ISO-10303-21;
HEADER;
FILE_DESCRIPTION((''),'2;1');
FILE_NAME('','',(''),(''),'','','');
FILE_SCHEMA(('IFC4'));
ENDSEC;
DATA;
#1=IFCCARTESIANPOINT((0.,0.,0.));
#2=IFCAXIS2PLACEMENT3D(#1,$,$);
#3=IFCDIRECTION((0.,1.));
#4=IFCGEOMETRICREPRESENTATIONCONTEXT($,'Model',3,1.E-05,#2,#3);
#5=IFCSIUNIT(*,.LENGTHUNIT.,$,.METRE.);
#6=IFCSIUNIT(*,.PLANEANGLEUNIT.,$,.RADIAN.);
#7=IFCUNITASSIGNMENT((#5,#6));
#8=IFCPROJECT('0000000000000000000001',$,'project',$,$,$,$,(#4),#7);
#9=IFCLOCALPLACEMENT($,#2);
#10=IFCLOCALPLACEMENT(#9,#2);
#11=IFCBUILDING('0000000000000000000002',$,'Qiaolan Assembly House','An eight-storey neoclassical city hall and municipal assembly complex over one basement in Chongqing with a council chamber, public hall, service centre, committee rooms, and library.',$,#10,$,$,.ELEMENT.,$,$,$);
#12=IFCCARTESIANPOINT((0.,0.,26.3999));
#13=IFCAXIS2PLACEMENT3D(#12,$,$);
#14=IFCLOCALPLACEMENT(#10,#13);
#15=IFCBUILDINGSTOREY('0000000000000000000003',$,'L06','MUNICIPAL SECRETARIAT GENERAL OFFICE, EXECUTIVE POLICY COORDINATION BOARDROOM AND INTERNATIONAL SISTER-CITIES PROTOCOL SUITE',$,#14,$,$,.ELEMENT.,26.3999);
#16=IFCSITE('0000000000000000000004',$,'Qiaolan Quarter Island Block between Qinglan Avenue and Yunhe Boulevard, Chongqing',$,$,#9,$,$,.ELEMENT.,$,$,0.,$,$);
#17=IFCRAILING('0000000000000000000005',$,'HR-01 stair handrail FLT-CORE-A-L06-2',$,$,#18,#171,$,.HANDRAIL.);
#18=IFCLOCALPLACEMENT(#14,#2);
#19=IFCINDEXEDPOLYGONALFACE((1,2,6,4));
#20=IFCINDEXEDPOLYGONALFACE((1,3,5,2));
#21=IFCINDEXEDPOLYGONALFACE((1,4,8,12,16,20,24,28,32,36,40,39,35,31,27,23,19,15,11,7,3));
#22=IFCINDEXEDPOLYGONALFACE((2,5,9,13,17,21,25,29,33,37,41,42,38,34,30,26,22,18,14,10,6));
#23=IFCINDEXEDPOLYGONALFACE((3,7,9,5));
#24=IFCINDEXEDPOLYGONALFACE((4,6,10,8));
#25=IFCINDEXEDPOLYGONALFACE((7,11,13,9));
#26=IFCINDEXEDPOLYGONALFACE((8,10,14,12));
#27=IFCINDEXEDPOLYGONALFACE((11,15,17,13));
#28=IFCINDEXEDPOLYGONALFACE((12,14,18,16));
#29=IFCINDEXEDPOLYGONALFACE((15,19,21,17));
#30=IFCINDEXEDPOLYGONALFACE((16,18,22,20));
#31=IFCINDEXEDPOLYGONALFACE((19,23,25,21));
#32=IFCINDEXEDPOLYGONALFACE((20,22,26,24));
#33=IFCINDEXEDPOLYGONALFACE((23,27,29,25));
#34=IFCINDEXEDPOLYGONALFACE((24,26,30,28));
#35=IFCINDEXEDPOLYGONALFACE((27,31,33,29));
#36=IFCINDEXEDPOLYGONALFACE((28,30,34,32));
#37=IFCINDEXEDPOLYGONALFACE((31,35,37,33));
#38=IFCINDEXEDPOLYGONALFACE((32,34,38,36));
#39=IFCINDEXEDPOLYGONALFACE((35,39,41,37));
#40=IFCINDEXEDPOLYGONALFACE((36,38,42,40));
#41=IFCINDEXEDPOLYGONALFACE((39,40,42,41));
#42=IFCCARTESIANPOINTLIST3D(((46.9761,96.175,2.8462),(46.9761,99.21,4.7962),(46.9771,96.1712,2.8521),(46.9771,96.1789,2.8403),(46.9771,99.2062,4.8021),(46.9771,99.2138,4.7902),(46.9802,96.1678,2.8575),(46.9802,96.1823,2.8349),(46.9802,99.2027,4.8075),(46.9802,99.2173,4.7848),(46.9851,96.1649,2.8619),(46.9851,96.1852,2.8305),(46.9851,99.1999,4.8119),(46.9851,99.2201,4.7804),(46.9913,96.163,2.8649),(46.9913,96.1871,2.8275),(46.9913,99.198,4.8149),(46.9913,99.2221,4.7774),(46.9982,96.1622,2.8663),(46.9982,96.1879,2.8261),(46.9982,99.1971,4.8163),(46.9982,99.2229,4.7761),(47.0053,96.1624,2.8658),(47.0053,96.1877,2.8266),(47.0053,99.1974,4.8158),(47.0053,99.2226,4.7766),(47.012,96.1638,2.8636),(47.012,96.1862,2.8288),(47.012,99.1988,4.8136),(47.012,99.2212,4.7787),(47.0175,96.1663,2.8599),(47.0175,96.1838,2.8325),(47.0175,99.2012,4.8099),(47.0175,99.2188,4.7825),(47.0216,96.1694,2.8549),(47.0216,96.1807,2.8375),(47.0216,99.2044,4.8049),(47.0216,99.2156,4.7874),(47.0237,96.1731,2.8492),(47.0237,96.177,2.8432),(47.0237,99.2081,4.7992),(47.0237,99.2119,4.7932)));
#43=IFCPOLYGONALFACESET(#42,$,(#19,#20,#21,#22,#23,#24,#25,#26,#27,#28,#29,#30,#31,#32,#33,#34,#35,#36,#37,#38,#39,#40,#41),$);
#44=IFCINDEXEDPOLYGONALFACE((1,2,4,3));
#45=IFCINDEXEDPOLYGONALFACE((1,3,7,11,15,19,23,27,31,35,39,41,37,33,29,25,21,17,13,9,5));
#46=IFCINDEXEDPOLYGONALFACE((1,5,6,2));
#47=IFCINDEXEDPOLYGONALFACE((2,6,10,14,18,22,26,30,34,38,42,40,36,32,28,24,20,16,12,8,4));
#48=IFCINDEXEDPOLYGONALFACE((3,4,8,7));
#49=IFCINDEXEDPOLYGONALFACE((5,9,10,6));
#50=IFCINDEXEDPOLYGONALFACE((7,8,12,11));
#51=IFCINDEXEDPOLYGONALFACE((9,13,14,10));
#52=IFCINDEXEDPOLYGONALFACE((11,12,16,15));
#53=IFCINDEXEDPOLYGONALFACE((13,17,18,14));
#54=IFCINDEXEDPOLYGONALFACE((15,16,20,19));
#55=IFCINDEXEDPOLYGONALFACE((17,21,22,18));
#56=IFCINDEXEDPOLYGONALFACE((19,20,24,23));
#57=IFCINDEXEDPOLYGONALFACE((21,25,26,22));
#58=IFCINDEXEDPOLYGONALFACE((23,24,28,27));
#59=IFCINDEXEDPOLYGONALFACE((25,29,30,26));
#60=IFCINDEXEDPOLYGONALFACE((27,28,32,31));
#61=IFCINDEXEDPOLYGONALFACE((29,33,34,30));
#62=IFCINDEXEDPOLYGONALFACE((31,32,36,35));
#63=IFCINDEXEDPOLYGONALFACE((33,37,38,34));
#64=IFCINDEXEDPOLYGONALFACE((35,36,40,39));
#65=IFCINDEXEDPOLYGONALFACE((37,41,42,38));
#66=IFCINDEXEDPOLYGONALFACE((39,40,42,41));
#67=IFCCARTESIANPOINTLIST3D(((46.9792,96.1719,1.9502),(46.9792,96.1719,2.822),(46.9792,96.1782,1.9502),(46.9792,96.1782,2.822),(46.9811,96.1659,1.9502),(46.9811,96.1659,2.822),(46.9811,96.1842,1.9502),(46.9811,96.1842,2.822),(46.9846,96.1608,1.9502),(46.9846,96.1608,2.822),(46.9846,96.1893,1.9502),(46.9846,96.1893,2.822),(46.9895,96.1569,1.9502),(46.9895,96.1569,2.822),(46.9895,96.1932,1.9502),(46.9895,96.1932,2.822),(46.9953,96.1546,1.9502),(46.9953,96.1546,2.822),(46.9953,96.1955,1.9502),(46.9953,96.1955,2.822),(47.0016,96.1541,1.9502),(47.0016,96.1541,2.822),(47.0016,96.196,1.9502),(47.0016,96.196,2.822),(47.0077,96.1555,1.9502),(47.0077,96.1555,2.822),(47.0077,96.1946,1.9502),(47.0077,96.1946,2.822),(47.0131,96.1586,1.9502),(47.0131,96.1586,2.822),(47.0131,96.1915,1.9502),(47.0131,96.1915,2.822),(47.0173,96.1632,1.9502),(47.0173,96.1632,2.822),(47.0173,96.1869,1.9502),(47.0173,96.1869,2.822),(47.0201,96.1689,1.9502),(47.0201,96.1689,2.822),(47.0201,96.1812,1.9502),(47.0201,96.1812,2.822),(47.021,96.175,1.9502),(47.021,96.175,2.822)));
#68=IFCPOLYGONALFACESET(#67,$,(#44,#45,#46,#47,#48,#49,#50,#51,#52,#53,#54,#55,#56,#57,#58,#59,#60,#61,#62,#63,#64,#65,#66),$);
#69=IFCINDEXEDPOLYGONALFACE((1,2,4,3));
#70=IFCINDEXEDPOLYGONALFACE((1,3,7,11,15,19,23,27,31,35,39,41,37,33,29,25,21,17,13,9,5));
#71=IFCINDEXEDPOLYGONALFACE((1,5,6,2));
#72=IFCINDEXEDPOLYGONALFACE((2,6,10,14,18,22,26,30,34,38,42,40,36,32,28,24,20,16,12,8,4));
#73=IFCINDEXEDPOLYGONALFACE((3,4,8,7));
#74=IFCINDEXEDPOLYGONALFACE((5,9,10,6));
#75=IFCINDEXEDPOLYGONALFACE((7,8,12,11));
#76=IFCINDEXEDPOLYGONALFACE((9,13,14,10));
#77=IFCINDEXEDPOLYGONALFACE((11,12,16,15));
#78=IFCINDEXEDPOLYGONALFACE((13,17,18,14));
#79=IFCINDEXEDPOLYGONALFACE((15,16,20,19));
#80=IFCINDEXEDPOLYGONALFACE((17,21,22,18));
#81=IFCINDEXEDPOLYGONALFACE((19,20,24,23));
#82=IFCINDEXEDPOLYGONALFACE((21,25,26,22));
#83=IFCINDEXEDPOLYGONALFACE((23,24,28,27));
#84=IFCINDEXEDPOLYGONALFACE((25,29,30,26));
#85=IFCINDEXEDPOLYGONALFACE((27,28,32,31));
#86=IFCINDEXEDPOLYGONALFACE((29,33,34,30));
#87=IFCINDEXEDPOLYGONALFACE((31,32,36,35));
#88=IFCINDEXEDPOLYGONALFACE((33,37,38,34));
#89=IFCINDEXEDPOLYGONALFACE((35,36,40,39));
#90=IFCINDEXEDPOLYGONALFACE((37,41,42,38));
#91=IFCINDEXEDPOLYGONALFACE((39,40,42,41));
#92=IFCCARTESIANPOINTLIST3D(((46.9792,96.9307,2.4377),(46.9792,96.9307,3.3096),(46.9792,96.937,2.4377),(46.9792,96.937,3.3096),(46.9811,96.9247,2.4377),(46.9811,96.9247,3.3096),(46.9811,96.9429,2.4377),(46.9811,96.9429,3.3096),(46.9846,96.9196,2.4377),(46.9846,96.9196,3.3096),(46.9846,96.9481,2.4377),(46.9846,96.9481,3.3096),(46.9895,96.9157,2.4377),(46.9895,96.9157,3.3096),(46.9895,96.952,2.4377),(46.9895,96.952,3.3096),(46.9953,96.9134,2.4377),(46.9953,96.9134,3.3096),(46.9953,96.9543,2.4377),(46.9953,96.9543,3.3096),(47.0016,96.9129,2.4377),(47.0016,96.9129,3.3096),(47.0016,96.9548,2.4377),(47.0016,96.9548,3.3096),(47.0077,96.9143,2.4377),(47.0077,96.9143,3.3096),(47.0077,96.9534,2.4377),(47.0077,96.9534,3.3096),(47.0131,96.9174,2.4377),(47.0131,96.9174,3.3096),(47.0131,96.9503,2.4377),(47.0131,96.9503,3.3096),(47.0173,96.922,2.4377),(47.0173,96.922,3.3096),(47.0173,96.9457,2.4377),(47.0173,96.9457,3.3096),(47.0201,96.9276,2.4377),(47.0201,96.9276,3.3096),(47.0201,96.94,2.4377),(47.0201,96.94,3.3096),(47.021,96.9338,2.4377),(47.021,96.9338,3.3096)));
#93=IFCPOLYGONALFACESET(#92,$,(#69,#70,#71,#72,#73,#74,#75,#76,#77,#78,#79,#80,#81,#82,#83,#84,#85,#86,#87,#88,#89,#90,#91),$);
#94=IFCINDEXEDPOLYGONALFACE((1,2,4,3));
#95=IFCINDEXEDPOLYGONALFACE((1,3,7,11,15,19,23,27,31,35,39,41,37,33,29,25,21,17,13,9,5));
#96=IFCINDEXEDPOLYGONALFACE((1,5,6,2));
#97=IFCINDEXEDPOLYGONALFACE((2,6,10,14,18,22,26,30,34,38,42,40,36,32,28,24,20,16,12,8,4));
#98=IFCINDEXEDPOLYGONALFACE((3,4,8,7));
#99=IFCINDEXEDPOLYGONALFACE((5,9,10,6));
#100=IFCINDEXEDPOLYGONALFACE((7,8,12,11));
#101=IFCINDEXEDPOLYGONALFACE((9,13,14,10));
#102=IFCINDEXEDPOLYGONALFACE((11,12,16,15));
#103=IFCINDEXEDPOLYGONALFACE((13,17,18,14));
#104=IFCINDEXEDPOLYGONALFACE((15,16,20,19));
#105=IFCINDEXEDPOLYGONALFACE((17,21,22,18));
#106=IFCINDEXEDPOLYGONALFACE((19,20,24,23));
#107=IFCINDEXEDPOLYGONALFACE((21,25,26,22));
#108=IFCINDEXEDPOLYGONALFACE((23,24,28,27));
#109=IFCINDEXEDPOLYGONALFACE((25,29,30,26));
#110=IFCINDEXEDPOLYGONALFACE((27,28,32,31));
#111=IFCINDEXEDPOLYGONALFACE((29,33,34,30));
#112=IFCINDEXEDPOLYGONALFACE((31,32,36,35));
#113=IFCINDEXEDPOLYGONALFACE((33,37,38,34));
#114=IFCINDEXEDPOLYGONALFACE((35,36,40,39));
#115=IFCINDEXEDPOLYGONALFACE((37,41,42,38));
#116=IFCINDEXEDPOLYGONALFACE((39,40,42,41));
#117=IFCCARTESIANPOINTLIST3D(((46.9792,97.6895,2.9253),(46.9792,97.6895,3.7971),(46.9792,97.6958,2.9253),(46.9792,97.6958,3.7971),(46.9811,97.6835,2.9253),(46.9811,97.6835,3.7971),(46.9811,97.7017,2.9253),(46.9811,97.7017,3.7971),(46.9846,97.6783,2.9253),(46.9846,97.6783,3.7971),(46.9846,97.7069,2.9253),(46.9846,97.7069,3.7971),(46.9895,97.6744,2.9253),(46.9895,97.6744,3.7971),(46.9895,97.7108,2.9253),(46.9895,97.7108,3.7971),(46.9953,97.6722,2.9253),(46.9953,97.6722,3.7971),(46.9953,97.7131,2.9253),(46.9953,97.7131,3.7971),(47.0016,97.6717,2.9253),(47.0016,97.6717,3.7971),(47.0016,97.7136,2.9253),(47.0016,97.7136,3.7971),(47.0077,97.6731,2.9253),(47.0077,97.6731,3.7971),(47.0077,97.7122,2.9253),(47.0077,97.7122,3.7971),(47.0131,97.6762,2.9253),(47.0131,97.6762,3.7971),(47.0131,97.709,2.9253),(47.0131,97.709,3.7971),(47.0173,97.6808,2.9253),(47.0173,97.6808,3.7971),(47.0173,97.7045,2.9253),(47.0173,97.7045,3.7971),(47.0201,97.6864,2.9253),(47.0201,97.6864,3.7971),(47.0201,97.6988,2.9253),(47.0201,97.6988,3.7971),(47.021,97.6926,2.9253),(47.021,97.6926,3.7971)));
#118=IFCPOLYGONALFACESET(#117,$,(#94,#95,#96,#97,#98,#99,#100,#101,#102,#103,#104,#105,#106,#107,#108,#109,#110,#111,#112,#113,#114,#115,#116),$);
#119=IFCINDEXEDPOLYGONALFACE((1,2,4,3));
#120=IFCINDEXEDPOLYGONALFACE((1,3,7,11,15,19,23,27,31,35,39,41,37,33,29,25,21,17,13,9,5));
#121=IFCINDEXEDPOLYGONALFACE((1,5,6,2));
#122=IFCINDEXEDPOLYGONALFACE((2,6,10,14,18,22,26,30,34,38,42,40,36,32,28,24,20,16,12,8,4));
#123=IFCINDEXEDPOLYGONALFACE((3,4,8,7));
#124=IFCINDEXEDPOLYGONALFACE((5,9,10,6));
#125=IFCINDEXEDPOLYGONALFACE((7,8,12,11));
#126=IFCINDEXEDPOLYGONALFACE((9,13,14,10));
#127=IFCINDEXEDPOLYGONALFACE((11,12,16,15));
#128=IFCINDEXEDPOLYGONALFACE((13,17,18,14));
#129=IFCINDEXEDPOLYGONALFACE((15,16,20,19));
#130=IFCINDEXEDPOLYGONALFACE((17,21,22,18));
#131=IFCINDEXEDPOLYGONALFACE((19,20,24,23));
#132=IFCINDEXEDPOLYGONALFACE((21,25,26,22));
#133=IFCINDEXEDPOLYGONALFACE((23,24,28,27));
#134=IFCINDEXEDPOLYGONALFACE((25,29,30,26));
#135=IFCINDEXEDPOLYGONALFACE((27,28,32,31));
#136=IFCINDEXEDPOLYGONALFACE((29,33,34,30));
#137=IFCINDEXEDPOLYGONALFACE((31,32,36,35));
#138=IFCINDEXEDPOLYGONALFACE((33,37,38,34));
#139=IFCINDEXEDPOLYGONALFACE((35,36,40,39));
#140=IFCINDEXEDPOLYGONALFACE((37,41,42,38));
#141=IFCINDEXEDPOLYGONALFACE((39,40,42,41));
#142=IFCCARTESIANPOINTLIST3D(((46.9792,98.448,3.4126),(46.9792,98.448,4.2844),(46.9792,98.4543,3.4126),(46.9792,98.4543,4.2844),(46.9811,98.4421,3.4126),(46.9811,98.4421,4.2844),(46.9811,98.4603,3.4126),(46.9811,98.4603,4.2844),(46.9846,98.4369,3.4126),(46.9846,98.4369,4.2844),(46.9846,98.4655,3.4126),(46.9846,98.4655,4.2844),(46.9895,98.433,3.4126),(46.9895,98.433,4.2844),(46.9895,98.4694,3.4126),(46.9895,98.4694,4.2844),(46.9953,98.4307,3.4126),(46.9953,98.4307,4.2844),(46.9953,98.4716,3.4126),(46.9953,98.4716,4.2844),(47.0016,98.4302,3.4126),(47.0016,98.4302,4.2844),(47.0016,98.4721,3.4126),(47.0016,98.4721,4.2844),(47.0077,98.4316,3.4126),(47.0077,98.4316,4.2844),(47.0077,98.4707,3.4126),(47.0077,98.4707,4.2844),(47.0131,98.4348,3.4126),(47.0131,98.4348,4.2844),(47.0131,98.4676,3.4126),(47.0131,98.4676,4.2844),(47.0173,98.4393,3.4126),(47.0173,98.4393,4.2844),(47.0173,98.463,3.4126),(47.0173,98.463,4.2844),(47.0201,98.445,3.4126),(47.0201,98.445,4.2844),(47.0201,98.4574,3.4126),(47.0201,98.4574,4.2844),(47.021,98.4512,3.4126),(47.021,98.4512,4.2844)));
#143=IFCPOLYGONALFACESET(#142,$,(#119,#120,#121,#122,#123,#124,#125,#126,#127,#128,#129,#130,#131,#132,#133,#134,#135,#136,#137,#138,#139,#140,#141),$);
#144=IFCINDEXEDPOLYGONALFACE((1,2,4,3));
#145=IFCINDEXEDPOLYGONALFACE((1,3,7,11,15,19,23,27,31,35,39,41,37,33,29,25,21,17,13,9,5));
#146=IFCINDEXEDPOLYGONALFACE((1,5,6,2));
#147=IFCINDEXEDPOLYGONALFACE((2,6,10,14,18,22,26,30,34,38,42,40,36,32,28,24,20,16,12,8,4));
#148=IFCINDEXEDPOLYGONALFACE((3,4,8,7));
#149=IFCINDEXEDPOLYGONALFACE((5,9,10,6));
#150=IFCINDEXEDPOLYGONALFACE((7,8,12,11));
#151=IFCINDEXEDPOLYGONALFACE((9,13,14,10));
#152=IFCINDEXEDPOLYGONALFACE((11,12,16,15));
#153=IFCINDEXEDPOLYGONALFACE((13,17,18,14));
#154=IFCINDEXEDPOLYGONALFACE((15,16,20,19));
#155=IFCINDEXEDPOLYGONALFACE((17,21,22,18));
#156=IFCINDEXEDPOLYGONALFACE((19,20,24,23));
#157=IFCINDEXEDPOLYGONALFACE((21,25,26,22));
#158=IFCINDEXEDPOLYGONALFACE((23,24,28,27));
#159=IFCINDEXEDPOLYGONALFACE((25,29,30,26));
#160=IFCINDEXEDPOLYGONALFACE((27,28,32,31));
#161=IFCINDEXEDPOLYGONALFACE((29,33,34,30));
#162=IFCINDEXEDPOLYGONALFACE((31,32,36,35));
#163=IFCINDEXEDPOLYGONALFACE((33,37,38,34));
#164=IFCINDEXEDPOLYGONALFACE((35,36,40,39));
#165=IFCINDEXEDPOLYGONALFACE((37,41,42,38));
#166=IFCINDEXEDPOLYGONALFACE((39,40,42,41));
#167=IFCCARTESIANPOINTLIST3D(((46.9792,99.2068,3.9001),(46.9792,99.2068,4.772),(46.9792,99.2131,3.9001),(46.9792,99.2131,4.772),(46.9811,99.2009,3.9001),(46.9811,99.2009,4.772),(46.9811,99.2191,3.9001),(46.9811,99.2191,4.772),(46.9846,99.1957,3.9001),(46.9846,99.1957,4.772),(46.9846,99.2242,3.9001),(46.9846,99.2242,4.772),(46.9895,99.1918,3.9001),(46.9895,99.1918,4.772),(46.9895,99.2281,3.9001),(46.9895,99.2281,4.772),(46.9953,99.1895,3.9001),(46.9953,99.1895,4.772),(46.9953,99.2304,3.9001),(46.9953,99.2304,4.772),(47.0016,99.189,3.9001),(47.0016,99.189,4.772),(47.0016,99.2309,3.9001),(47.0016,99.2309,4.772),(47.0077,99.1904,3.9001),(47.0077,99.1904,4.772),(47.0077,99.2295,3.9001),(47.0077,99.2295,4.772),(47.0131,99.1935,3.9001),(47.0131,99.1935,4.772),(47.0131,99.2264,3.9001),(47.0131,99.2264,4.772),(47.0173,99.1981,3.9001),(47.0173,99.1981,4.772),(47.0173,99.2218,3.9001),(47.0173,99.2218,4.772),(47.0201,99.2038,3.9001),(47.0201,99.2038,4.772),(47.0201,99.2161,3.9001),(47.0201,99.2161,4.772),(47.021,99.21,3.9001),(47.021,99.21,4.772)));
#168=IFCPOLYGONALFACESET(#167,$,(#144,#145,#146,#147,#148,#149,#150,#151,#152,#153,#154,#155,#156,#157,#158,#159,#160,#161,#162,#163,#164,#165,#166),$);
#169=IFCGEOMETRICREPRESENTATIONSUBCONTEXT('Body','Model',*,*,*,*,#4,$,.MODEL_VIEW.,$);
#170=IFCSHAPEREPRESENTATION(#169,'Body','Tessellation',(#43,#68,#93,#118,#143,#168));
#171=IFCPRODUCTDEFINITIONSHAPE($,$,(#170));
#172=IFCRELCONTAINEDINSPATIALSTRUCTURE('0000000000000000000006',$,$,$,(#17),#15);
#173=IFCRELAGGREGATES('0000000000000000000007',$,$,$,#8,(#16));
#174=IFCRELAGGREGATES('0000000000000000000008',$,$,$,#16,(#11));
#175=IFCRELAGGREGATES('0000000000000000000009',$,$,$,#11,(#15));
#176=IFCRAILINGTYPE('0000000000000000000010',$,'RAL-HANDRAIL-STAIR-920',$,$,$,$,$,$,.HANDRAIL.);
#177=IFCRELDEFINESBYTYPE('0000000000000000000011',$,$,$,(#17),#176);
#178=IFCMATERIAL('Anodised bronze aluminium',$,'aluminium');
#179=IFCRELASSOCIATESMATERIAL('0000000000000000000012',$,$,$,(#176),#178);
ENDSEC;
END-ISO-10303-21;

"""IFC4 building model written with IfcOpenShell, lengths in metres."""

from ifc_helpers import new_model, si_unit, direction, frame, origin, origin_2d, place, context, subcontext, project, spatial, circle, extrude, material, type_object, element, save


model = new_model("IFC4")

# Units and contexts
model_context = context("Model", 3, precision=1e-05, world=origin(), true_north=direction((0.0, 1.0)))
body_context = subcontext(model_context, "Body", "Model", "MODEL_VIEW")
ifc_project = project(units=[si_unit("LENGTHUNIT", "METRE"), si_unit("PLANEANGLEUNIT", "RADIAN")], contexts=[model_context])

# Site, building, storey
site_placement = place(None, origin())
site = spatial("IfcSite", under=ifc_project, at=site_placement, Name="Qiaolan Quarter Island Block between Qinglan Avenue and Yunhe Boulevard, Chongqing", CompositionType="ELEMENT", RefElevation=0.0)
building_placement = place(site_placement, origin())
building = spatial("IfcBuilding", under=site, at=building_placement, Name="Qiaolan Assembly House", Description="An eight-storey neoclassical city hall and municipal assembly complex over one basement in Chongqing with a council chamber, public hall, service centre, committee rooms, and library.", CompositionType="ELEMENT")
storey_placement = place(building_placement, frame((0.0, 0.0, 26.3999)))
storey = spatial("IfcBuildingStorey", under=building, at=storey_placement, Name="L06", Description="MUNICIPAL SECRETARIAT GENERAL OFFICE, EXECUTIVE POLICY COORDINATION BOARDROOM AND INTERNATIONAL SISTER-CITIES PROTOCOL SUITE", CompositionType="ELEMENT", Elevation=26.3999)

# Railing
ifc_material_1 = material(Name="Anodised bronze aluminium", Category="aluminium")
railing_type_1 = type_object("IfcRailingType", Name="RAL-HANDRAIL-STAIR-920", PredefinedType="HANDRAIL", material=ifc_material_1)
railing_1_placement = place(storey_placement, frame((47.0, 96.175, 1.9502)))
element("IfcRailing", 1, at=railing_1_placement, inside=storey, type_object=railing_type_1, Name="HR-01 stair handrail FLT-CORE-A-L06-2", PredefinedType="HANDRAIL", context=body_context, shape_type="SweptSolid", body=[
    extrude(circle(Radius=0.0239, at=origin_2d()), frame((0.0, 0.0, 0.896), z_axis=(0.0, 0.841313, 0.540549), x_axis=(-1.0, 0.0, 0.0)), (0.0, 0.0, 1.0), 3.6074),
    extrude(circle(Radius=0.021, at=origin_2d()), origin(), (0.0, 0.0, 1.0), 0.8718),
    extrude(circle(Radius=0.021, at=origin_2d()), frame((0.0, 0.7588, 0.4875)), (0.0, 0.0, 1.0), 0.8718),
    extrude(circle(Radius=0.021, at=origin_2d()), frame((0.0, 1.5176, 0.9751)), (0.0, 0.0, 1.0), 0.8718),
    extrude(circle(Radius=0.021, at=origin_2d()), frame((0.0, 2.2761, 1.4624)), (0.0, 0.0, 1.0), 0.8718),
    extrude(circle(Radius=0.021, at=origin_2d()), frame((0.0, 3.0349, 1.95)), (0.0, 0.0, 1.0), 0.8718),
])

save(model, "model.ifc")
